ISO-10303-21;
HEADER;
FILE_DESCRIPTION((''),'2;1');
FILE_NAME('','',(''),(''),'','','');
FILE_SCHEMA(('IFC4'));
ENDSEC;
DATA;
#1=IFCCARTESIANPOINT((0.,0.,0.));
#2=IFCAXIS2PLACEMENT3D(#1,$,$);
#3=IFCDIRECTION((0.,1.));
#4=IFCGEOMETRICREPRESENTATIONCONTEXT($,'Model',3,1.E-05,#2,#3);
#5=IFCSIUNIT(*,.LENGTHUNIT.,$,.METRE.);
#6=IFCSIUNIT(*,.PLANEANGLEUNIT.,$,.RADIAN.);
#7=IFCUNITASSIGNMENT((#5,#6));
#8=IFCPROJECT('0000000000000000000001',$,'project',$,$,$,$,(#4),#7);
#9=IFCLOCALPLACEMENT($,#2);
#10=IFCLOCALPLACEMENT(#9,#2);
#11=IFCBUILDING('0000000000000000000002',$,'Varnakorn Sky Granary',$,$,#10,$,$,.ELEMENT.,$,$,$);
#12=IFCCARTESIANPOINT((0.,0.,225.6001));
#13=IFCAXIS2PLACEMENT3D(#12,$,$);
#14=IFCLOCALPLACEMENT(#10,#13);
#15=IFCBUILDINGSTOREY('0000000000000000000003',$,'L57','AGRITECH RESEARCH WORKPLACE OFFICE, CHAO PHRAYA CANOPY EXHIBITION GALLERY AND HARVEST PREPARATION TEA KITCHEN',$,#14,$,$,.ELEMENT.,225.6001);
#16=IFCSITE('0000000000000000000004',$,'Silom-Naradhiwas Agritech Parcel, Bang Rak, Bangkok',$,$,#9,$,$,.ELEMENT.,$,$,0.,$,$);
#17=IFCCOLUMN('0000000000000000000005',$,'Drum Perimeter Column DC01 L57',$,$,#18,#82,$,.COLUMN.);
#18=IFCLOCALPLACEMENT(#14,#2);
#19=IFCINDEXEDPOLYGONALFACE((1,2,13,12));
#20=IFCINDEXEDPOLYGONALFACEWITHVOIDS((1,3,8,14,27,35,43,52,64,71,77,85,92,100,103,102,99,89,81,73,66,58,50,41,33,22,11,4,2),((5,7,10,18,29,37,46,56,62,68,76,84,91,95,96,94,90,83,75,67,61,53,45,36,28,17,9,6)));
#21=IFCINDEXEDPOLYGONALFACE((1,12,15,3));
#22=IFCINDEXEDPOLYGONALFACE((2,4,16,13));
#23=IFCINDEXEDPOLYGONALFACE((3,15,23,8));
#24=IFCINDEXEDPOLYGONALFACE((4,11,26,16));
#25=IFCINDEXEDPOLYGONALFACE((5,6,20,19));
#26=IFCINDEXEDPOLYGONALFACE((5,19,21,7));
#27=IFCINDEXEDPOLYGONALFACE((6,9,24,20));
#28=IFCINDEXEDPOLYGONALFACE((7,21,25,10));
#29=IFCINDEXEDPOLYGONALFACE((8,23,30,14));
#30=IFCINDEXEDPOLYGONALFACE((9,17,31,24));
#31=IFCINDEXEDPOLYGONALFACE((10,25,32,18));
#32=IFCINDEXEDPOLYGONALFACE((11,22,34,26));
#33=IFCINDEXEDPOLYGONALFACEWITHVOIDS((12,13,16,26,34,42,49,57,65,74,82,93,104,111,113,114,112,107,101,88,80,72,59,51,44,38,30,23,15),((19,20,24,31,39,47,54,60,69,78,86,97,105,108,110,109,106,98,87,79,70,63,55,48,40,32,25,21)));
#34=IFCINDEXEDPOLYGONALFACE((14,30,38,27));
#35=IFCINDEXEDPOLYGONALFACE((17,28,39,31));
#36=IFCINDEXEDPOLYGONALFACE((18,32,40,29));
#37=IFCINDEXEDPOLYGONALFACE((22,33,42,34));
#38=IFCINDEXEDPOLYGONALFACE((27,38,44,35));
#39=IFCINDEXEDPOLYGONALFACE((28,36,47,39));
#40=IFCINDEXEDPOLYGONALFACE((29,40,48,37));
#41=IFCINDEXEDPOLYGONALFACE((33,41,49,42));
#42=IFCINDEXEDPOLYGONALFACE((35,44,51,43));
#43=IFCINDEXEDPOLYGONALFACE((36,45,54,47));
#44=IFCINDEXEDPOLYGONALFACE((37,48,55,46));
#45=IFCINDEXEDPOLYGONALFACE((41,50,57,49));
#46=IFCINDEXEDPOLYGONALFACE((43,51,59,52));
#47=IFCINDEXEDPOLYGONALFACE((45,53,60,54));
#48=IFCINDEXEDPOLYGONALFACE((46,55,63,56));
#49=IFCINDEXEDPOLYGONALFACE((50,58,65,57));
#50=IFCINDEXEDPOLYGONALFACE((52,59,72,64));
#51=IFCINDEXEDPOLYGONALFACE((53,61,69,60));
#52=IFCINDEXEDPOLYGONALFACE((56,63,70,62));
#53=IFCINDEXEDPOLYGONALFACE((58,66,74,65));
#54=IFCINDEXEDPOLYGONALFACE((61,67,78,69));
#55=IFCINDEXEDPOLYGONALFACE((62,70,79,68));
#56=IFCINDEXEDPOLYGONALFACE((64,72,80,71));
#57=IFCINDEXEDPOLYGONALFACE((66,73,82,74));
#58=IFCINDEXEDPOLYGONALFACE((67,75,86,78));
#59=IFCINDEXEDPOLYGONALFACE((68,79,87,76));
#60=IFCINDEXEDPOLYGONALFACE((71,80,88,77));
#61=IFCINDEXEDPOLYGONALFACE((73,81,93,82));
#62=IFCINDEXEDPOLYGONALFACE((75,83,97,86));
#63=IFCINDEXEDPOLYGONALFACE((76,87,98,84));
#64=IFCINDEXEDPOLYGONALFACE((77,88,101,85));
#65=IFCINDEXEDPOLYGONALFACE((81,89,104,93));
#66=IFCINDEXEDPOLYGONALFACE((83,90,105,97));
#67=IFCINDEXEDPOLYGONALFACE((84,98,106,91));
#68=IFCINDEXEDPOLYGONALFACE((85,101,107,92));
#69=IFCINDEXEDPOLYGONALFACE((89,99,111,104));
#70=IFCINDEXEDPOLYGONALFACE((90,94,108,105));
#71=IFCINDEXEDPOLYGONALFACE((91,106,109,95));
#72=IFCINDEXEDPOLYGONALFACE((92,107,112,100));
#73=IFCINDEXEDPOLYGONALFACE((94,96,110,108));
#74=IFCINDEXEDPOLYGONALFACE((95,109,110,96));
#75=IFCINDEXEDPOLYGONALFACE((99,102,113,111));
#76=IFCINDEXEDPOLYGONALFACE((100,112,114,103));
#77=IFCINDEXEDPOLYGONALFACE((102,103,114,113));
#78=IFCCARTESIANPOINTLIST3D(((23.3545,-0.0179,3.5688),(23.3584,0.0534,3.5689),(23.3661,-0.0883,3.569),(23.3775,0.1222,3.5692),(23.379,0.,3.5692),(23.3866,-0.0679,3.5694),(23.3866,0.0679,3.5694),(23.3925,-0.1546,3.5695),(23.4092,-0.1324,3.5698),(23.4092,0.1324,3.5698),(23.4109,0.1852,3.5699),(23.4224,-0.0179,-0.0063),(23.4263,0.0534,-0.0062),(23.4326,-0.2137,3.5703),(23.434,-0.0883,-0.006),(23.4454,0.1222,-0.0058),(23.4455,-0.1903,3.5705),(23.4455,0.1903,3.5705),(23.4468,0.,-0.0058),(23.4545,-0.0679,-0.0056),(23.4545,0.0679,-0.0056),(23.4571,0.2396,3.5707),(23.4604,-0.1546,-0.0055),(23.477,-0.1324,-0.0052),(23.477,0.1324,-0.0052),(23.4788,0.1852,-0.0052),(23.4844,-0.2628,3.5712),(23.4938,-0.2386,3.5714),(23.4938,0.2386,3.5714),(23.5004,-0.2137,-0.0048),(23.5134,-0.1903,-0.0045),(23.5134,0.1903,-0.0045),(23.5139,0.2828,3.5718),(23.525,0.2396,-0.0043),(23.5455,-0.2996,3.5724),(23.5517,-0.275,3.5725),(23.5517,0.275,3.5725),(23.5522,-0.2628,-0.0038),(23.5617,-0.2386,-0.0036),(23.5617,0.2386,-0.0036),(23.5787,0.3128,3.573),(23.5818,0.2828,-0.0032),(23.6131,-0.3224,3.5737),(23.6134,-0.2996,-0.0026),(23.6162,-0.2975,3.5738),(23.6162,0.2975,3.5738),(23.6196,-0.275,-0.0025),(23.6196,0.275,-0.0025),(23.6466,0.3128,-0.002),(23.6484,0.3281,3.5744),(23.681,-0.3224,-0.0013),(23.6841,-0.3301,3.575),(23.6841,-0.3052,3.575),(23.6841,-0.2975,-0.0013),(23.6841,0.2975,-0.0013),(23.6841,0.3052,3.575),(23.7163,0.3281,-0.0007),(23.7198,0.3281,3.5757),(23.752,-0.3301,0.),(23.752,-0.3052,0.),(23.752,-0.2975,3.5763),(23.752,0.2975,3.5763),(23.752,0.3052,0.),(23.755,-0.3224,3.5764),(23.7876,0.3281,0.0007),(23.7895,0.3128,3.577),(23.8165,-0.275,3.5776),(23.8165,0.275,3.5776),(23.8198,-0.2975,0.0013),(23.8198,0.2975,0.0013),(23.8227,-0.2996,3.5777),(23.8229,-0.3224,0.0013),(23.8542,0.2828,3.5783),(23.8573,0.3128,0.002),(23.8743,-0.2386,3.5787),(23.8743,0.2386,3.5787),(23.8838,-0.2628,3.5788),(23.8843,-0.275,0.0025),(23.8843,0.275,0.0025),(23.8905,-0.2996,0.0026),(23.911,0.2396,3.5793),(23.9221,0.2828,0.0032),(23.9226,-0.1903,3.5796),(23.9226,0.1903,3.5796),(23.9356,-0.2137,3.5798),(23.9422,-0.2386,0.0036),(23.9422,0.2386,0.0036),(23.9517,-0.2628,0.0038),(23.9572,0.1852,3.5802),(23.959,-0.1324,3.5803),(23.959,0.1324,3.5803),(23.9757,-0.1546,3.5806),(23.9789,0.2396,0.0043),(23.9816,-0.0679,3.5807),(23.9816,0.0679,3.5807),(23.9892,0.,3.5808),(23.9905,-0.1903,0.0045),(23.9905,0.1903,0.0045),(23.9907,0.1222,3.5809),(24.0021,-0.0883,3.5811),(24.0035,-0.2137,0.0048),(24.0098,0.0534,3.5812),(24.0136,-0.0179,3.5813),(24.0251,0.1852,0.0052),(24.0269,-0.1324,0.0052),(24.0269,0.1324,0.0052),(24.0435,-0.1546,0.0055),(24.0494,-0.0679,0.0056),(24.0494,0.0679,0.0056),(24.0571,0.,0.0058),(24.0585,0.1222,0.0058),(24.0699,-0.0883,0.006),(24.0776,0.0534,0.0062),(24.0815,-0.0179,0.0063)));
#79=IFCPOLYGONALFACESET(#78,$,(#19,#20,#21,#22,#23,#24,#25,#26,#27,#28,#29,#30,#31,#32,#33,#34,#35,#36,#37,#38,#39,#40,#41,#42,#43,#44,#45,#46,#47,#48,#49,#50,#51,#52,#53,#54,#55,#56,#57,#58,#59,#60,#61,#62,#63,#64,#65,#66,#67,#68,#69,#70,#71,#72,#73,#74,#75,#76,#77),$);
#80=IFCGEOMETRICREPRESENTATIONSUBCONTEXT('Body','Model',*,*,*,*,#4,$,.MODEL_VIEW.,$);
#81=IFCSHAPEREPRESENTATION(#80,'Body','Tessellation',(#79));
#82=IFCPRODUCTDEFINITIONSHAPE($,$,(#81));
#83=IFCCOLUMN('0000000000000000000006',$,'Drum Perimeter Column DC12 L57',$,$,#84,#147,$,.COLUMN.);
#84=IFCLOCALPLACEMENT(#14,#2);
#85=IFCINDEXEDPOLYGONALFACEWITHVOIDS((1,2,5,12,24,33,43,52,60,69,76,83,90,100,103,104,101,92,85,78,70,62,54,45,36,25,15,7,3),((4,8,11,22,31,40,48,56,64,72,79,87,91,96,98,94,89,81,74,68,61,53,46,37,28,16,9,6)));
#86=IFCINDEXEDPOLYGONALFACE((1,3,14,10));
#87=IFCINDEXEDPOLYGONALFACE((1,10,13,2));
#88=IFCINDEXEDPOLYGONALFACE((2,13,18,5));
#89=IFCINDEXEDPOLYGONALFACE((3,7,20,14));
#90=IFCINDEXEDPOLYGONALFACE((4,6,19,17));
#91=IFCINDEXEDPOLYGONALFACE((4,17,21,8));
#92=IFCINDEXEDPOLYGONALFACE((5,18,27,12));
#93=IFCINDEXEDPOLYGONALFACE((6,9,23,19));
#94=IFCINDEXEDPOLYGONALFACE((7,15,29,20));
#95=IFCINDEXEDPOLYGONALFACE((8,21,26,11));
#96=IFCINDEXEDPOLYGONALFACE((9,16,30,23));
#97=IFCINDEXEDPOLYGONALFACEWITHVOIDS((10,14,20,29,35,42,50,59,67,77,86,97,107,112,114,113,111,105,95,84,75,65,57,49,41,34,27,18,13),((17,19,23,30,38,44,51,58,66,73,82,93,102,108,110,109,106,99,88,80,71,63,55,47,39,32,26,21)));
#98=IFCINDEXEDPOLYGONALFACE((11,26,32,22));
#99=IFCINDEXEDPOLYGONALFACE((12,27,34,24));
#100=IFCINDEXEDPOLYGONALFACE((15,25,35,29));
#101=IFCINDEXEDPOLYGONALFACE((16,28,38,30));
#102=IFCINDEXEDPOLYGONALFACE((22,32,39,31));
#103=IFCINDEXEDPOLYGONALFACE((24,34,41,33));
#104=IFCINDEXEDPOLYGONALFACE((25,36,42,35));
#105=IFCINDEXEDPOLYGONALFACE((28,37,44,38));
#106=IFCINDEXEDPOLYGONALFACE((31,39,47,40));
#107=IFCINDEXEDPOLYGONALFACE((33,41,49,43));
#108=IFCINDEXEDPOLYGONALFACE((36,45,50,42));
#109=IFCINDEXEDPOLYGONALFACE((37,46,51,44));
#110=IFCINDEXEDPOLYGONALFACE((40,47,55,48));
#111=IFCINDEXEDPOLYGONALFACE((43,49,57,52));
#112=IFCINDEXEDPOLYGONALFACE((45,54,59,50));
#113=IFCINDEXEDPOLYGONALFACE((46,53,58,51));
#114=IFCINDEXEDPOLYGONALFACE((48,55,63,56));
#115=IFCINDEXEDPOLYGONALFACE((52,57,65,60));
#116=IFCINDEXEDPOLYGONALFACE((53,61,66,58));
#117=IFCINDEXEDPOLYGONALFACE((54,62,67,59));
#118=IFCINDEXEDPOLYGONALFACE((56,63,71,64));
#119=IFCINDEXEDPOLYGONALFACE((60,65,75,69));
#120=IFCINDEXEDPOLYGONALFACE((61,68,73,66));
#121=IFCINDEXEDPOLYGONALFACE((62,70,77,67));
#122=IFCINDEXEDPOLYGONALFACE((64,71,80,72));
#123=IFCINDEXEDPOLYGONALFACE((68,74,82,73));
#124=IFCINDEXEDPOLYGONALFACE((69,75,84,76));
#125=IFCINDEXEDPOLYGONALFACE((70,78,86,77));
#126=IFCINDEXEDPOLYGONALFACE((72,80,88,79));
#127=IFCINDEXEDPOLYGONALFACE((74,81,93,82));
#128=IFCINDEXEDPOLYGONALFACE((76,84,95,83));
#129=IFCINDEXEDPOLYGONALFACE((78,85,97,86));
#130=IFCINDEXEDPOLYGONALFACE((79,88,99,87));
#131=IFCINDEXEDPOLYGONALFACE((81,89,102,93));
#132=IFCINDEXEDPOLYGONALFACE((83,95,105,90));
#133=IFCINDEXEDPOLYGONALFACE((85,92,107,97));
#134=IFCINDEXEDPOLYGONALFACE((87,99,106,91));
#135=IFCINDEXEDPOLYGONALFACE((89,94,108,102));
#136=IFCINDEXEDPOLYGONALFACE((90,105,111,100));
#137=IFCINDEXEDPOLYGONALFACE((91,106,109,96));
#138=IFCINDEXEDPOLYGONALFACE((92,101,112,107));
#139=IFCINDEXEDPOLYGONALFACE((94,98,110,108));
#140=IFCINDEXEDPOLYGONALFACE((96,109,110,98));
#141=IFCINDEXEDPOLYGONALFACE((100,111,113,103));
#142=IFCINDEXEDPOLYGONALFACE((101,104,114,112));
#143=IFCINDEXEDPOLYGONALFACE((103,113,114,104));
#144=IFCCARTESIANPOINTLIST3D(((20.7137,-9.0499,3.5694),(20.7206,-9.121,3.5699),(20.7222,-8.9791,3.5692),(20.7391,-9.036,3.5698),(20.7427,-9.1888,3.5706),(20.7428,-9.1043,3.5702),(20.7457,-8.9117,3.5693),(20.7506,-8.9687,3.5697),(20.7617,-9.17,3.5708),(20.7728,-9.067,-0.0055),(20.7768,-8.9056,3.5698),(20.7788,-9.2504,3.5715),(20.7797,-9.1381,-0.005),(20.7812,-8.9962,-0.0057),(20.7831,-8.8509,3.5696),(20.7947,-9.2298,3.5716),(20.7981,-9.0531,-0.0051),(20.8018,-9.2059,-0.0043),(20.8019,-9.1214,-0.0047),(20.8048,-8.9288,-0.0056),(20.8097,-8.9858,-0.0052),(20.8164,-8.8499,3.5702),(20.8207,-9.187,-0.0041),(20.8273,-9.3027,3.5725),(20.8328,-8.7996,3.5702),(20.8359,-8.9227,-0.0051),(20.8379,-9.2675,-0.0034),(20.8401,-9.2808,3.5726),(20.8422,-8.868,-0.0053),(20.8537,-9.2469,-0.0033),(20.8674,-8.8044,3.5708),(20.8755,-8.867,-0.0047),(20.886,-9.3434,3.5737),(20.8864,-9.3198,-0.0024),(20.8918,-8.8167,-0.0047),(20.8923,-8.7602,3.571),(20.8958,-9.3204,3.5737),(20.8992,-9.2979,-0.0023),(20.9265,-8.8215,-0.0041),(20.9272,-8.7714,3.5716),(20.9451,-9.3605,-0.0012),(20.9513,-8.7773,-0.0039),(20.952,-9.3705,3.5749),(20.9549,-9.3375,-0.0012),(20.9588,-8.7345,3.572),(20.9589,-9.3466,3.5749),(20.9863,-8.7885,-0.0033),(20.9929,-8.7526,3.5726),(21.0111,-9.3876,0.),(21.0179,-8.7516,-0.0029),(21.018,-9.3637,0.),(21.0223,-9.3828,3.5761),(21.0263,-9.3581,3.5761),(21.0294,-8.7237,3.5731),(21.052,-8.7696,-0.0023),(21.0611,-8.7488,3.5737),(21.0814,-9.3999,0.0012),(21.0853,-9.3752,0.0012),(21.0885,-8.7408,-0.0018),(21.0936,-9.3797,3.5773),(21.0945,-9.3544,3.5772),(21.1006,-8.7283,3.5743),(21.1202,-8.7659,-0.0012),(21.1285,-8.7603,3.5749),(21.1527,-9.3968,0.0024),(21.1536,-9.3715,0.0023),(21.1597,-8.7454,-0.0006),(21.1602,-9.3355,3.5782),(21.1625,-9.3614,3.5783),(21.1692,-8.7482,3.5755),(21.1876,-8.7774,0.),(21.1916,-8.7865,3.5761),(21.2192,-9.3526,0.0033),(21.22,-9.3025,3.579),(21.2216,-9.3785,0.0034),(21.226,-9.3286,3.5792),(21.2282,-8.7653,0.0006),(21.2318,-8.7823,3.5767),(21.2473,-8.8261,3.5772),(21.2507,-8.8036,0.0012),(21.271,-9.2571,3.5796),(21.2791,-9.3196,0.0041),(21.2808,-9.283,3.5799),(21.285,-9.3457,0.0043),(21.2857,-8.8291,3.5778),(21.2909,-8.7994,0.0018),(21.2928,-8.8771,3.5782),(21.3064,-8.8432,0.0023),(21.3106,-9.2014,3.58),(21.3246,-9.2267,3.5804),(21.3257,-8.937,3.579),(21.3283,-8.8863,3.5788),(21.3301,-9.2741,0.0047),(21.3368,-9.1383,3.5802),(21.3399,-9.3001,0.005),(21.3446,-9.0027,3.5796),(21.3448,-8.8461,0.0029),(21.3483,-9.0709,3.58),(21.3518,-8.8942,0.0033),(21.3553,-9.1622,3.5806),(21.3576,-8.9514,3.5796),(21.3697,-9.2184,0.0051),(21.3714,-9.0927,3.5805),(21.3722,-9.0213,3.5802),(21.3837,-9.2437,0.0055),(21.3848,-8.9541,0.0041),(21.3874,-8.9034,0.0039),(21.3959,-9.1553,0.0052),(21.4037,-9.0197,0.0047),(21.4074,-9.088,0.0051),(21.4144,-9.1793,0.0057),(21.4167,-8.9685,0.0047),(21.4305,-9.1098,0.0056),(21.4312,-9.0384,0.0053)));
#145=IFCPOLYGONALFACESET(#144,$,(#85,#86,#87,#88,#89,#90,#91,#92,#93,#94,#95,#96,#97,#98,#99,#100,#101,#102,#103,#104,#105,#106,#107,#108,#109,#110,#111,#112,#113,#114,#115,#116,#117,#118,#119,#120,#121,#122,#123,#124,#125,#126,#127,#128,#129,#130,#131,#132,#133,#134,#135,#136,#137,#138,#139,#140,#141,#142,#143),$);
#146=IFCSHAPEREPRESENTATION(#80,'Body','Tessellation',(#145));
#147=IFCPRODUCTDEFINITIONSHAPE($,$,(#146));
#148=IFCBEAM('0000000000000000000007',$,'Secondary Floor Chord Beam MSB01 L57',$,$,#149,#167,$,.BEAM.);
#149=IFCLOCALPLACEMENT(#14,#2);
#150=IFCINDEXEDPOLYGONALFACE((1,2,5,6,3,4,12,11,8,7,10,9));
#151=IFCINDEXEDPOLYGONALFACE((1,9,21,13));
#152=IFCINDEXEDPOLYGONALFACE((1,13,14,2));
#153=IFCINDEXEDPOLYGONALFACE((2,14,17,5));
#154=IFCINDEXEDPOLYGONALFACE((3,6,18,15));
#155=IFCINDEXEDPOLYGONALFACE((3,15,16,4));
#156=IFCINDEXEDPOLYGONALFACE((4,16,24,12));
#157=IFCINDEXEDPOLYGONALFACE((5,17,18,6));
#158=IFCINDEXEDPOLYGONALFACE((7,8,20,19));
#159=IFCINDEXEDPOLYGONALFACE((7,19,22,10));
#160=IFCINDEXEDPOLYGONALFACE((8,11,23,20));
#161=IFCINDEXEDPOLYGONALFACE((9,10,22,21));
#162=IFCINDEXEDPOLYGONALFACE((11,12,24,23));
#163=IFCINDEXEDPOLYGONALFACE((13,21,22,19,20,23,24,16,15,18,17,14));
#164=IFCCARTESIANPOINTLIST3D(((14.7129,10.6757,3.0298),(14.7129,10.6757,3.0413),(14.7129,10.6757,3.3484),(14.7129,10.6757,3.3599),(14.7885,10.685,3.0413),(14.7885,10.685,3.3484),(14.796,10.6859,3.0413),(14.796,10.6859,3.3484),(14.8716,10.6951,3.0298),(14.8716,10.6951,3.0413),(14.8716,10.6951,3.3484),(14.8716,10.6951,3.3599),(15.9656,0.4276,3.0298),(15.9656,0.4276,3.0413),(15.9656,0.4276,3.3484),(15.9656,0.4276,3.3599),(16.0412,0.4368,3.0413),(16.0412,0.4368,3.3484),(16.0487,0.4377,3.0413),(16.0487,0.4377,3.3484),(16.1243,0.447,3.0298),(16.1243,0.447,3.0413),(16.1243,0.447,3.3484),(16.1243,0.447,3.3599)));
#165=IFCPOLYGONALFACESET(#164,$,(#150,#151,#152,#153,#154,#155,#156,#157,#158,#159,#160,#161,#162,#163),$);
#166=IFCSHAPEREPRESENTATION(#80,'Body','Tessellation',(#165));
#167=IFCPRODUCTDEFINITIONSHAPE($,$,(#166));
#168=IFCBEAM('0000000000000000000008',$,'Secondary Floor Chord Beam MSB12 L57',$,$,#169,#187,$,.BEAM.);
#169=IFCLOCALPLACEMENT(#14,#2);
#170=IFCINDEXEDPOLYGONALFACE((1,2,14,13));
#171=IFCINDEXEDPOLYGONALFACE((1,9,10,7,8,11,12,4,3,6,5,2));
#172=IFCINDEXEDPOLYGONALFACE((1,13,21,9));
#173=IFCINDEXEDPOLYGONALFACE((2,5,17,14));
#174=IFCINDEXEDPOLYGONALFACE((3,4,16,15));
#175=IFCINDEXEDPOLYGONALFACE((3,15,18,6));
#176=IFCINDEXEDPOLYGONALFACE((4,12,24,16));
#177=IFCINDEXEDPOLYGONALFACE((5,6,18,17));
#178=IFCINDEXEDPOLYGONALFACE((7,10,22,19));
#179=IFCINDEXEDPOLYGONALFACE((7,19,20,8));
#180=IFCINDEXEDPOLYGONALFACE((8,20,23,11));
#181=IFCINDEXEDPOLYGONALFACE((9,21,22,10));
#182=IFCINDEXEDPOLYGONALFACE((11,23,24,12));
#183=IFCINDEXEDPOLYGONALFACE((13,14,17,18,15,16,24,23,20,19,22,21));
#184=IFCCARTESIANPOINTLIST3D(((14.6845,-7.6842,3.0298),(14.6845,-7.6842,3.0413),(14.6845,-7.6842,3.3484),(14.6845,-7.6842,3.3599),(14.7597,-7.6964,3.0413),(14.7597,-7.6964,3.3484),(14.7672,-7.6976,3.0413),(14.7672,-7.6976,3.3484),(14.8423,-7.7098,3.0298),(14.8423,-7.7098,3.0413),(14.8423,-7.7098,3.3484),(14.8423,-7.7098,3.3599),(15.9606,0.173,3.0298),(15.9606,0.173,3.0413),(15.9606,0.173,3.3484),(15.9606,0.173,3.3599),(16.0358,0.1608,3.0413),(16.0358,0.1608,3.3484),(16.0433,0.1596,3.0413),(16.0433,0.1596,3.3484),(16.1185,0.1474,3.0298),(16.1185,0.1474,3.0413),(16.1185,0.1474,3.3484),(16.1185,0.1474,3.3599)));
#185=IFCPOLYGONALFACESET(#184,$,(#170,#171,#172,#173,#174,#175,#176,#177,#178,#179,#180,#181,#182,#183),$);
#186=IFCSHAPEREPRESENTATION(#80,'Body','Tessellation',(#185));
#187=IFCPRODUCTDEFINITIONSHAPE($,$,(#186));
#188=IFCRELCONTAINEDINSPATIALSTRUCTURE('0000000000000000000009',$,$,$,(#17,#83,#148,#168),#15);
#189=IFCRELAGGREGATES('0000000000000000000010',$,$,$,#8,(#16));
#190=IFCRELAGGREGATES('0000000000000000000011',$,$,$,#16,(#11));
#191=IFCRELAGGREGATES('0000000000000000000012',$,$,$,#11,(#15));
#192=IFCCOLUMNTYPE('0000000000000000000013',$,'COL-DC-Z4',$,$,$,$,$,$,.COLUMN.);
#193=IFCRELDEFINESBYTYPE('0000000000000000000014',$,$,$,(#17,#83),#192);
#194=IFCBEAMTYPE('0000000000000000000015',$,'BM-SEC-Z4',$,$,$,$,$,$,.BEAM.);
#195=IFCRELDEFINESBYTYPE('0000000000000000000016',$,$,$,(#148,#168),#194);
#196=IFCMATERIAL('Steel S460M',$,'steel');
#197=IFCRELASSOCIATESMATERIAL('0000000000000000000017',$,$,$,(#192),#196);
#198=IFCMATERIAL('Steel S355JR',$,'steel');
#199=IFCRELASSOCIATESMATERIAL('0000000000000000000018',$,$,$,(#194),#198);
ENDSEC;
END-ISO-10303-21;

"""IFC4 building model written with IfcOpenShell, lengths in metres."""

from ifc_helpers import new_model, si_unit, direction, frame, origin, origin_2d, place, context, subcontext, project, spatial, hollow_circle, i_section, extrude, material, material_profile, profile_set, type_object, element, save


model = new_model("IFC4")

# Units and contexts
model_context = context("Model", 3, precision=1e-05, world=origin(), true_north=direction((0.0, 1.0)))
body_context = subcontext(model_context, "Body", "Model", "MODEL_VIEW")
ifc_project = project(units=[si_unit("LENGTHUNIT", "METRE"), si_unit("PLANEANGLEUNIT", "RADIAN")], contexts=[model_context])

# Site, building, storey
site_placement = place(None, origin())
site = spatial("IfcSite", under=ifc_project, at=site_placement, Name="Silom-Naradhiwas Agritech Parcel, Bang Rak, Bangkok", CompositionType="ELEMENT", RefElevation=0.0)
building_placement = place(site_placement, origin())
building = spatial("IfcBuilding", under=site, at=building_placement, Name="Varnakorn Sky Granary", CompositionType="ELEMENT")
storey_placement = place(building_placement, frame((0.0, 0.0, 225.6001)))
storey = spatial("IfcBuildingStorey", under=building, at=storey_placement, Name="L57", Description="AGRITECH RESEARCH WORKPLACE OFFICE, CHAO PHRAYA CANOPY EXHIBITION GALLERY AND HARVEST PREPARATION TEA KITCHEN", CompositionType="ELEMENT", Elevation=225.6001)

# Columns
ifc_material_1 = material(Name="Steel S460M", Category="steel")
ifc_material_profile_1 = material_profile(ifc_material_1, hollow_circle(Radius=0.3301, WallThickness=0.0249, at=origin_2d()), Name="CHS 660x25")
ifc_profile_set_1 = profile_set([ifc_material_profile_1], Name="Steel S460M")
column_type = type_object("IfcColumnType", Name="COL-DC-Z4", PredefinedType="COLUMN", material=ifc_profile_set_1)
column_1_placement = place(storey_placement, frame((23.752, 0.0, 0.0), z_axis=(-0.018982, 0.0, 0.99982), x_axis=(0.0, -1.0, 0.0)))
element("IfcColumn", 1, at=column_1_placement, inside=storey, type_object=column_type, Name="Drum Perimeter Column DC01 L57", PredefinedType="COLUMN", context=body_context, shape_type="SweptSolid", body=[
    extrude(hollow_circle(Radius=0.3301, WallThickness=0.0249, at=origin_2d()), origin(), (0.0, 0.0, 1.0), 3.5757),
])
column_2_placement = place(storey_placement, frame((21.1028, -9.0706, 0.0), z_axis=(-0.016524, 0.00478, 0.999852), x_axis=(-0.277865, -0.96062, 0.0)))
element("IfcColumn", 2, at=column_2_placement, inside=storey, type_object=column_type, Name="Drum Perimeter Column DC12 L57", PredefinedType="COLUMN", context=body_context, shape_type="SweptSolid", body=[
    extrude(hollow_circle(Radius=0.3301, WallThickness=0.0249, at=origin_2d()), origin(), (0.0, 0.0, 1.0), 3.5754),
])

# Beams
ifc_material_2 = material(Name="Steel S355JR", Category="steel")
ifc_material_profile_2 = material_profile(ifc_material_2, i_section(OverallWidth=0.1599, OverallDepth=0.3301, WebThickness=0.0076, FlangeThickness=0.0115, at=origin_2d()), Name="IPE 330")
ifc_profile_set_2 = profile_set([ifc_material_profile_2], Name="Steel S355JR")
beam_type_1 = type_object("IfcBeamType", Name="BM-SEC-Z4", PredefinedType="BEAM", material=ifc_profile_set_2)
beam_1_placement = place(storey_placement, frame((16.0449, 0.4373, 3.1948), z_axis=(-0.121331, 0.992612, 0.0), x_axis=(-0.992612, -0.121331, 0.0)))
element("IfcBeam", 3, at=beam_1_placement, inside=storey, type_object=beam_type_1, Name="Secondary Floor Chord Beam MSB01 L57", PredefinedType="BEAM", context=body_context, shape_type="SweptSolid", body=[
    extrude(i_section(OverallWidth=0.1599, OverallDepth=0.3301, WebThickness=0.0076, FlangeThickness=0.0115, at=origin_2d()), origin(), (0.0, 0.0, 1.0), 10.3245),
])
beam_2_placement = place(storey_placement, frame((14.7634, -7.697, 3.1948), z_axis=(0.160314, 0.987066, 0.0), x_axis=(-0.987066, 0.160314, 0.0)))
element("IfcBeam", 4, at=beam_2_placement, inside=storey, type_object=beam_type_1, Name="Secondary Floor Chord Beam MSB12 L57", PredefinedType="BEAM", context=body_context, shape_type="SweptSolid", body=[
    extrude(i_section(OverallWidth=0.1599, OverallDepth=0.3301, WebThickness=0.0076, FlangeThickness=0.0115, at=origin_2d()), origin(), (0.0, 0.0, 1.0), 7.9602),
])

save(model, "model.ifc")
